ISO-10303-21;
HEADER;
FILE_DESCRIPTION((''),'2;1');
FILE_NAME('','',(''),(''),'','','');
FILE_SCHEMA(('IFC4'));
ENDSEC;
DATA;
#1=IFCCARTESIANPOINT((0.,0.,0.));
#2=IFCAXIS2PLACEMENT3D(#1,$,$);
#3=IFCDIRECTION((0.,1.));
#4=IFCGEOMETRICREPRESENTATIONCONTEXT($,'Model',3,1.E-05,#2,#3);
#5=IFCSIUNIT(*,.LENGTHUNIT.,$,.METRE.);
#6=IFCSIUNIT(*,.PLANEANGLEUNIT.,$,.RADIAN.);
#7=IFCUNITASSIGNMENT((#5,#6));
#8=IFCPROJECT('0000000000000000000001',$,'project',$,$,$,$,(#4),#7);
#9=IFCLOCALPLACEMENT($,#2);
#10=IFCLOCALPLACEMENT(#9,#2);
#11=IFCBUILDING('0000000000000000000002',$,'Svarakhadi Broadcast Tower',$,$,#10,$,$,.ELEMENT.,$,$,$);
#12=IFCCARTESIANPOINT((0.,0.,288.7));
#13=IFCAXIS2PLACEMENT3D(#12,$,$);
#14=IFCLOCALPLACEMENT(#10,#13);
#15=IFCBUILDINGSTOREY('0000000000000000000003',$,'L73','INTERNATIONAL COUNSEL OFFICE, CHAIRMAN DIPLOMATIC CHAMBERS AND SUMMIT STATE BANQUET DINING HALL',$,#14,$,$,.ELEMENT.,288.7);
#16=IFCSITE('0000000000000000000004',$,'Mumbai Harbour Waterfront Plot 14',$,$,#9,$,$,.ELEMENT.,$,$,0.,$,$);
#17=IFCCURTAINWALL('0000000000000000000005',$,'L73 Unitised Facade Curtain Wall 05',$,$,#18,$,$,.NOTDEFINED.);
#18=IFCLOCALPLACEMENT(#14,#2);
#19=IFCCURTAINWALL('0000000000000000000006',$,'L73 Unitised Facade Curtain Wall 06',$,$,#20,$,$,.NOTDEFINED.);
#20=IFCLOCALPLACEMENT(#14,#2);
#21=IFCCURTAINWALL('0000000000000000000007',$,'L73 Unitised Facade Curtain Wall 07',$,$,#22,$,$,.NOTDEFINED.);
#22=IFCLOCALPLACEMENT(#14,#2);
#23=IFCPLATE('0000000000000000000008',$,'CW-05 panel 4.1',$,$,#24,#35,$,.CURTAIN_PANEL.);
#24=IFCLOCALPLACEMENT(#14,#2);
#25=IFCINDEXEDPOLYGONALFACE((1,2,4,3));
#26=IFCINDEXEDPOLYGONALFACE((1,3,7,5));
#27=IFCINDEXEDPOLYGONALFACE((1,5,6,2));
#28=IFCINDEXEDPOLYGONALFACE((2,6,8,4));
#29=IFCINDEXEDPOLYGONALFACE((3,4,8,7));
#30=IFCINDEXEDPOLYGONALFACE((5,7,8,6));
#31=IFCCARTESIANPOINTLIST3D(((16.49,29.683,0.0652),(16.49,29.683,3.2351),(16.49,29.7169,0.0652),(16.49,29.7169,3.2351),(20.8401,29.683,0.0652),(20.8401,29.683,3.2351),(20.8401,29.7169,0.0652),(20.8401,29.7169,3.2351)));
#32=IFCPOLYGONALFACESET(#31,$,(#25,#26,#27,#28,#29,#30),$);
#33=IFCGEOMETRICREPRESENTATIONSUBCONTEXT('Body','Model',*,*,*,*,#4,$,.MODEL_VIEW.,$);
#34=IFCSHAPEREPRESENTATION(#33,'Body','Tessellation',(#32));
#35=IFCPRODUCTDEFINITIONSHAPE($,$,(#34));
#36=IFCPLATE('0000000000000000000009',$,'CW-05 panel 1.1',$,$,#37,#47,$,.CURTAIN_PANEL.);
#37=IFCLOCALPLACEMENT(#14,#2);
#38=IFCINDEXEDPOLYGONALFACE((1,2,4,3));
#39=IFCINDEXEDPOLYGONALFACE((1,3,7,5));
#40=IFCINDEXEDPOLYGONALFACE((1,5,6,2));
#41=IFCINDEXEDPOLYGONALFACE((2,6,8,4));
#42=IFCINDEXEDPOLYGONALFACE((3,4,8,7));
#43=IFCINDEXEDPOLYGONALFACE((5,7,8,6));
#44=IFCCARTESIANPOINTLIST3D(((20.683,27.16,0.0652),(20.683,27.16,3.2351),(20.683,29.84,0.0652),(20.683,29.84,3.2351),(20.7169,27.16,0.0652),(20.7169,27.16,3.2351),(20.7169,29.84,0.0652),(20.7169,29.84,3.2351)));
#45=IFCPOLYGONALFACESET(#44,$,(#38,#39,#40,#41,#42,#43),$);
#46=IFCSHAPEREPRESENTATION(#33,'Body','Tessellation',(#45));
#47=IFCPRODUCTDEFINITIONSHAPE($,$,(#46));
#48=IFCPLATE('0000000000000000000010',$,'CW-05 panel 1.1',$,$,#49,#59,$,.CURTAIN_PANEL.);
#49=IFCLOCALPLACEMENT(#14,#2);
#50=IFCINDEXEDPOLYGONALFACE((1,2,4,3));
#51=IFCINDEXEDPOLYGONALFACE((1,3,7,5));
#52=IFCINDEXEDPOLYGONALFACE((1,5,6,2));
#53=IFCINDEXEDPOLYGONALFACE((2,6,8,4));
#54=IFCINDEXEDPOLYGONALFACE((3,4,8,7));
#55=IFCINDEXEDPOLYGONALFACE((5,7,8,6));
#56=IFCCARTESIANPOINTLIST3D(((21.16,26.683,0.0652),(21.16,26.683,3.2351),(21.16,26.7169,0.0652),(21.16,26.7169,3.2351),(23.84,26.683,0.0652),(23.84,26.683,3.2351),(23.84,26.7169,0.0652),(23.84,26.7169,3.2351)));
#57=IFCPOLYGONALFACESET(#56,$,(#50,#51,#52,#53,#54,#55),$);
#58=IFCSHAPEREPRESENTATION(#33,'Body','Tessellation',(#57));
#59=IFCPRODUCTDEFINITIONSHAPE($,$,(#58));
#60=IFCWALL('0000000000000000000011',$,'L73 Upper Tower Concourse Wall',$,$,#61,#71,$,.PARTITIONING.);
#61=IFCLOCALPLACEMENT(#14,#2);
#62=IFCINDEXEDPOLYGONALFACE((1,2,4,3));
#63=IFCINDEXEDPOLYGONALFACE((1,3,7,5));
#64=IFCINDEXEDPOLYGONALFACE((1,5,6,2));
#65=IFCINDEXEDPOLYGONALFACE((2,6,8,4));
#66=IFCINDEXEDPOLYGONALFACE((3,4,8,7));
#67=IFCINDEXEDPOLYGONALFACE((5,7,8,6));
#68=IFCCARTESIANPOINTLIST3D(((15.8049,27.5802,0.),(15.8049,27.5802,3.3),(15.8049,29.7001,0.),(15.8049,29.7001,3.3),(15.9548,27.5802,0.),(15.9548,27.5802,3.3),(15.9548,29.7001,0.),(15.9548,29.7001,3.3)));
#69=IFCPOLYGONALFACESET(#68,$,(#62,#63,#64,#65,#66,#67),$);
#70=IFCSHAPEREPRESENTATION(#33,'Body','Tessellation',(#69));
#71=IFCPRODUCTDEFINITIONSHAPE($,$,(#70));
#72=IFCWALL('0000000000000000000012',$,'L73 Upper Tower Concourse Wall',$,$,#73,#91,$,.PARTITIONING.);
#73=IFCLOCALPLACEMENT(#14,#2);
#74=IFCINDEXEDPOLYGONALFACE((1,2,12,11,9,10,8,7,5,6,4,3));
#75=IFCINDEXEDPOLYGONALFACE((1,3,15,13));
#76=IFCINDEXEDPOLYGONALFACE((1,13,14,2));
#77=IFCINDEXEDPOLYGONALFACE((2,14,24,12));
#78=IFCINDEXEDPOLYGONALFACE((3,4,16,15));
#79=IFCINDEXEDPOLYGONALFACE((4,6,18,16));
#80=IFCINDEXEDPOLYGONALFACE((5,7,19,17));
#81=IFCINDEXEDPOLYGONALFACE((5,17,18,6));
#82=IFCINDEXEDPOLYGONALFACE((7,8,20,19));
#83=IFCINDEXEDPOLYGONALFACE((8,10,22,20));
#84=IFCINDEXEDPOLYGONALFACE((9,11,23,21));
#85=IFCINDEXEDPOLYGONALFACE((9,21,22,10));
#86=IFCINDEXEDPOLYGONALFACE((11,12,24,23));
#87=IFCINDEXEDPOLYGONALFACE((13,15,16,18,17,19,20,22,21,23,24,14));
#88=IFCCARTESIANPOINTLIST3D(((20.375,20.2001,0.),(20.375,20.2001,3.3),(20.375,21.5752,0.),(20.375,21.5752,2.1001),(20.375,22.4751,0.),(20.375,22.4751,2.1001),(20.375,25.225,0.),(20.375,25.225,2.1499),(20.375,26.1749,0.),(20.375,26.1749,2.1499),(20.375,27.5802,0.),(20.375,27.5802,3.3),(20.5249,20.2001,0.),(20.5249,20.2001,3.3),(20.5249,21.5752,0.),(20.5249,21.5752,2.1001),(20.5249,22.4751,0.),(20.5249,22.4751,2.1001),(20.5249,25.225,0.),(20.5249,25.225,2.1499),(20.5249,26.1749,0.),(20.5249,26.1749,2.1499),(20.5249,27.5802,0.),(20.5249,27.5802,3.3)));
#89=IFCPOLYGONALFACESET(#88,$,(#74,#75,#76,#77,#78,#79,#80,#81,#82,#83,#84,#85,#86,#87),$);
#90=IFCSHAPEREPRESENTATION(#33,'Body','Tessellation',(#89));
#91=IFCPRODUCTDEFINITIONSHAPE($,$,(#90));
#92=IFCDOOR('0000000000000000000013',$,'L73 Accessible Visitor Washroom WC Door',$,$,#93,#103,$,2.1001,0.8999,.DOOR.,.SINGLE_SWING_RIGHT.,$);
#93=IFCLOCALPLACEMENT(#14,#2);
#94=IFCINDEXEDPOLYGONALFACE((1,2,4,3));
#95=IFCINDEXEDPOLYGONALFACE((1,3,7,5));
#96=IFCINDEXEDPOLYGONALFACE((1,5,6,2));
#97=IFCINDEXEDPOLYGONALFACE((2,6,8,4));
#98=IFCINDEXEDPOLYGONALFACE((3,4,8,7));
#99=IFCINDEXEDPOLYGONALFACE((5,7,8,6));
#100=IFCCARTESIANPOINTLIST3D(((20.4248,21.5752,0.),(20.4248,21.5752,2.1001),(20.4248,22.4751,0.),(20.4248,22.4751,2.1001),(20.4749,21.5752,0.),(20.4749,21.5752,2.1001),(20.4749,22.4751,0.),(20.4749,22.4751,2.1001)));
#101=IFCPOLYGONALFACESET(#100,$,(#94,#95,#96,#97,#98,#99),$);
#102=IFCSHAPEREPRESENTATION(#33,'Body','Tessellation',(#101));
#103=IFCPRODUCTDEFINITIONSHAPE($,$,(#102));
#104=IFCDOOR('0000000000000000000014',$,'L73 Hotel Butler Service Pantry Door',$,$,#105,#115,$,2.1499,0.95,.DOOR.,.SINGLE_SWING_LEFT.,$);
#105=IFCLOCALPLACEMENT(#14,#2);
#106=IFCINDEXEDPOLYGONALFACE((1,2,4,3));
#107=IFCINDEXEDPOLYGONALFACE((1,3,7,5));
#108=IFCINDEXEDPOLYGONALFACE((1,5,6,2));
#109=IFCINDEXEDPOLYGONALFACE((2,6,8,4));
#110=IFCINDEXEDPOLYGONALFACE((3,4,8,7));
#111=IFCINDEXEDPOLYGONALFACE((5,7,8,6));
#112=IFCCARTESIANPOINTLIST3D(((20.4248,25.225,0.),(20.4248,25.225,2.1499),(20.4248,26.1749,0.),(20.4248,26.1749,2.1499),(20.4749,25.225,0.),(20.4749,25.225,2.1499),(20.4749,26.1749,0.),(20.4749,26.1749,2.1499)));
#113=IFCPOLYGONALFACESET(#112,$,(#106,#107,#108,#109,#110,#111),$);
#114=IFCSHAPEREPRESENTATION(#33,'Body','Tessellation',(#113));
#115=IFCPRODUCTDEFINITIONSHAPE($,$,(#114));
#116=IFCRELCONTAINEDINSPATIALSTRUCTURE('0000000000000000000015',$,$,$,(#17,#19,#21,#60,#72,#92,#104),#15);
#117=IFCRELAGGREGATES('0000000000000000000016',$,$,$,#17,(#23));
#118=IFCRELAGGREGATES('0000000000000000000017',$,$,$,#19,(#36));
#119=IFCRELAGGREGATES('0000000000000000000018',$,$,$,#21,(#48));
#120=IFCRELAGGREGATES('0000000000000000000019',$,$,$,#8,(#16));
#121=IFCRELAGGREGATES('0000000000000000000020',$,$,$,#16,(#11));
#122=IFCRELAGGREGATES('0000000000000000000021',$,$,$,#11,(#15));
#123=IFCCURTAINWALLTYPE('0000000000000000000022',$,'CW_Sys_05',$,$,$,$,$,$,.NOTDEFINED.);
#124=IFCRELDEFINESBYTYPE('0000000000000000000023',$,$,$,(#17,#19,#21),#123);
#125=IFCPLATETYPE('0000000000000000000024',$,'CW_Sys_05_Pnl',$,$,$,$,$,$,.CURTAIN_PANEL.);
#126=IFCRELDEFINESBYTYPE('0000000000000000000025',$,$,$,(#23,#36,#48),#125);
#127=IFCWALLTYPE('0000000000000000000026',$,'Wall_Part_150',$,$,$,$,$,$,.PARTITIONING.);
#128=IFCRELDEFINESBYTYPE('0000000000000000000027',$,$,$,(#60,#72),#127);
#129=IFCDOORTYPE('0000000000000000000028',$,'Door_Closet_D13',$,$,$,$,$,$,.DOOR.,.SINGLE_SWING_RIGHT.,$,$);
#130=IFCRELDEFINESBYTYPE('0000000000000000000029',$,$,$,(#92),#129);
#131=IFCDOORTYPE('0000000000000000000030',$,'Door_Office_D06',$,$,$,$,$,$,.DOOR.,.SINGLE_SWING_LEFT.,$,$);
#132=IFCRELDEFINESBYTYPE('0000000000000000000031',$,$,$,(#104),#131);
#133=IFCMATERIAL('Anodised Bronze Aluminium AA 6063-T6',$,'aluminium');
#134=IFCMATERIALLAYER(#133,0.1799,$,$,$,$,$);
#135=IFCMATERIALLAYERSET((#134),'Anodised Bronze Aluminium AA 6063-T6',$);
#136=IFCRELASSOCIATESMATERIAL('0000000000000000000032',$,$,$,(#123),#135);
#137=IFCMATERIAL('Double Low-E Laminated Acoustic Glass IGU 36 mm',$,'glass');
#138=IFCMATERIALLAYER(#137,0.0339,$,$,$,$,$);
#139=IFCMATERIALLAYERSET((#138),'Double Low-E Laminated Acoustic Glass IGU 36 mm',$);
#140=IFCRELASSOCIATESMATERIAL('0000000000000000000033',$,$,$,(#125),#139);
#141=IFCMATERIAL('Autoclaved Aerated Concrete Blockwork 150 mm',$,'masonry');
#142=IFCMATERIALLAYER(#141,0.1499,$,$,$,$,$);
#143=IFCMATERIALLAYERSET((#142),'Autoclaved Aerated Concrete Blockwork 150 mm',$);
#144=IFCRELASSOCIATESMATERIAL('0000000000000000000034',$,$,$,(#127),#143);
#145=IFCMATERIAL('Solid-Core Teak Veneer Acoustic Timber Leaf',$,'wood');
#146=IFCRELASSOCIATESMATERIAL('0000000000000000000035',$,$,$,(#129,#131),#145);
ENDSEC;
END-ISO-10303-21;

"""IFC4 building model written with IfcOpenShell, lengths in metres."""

from ifc_helpers import new_model, si_unit, direction, frame, frame_2d, origin, origin_2d, place, context, subcontext, project, spatial, rectangle, extrude, material, layer, layer_set, type_object, element, fill, aggregate, save


model = new_model("IFC4")

# Units and contexts
model_context = context("Model", 3, precision=1e-05, world=origin(), true_north=direction((0.0, 1.0)))
body_context = subcontext(model_context, "Body", "Model", "MODEL_VIEW")
ifc_project = project(units=[si_unit("LENGTHUNIT", "METRE"), si_unit("PLANEANGLEUNIT", "RADIAN")], contexts=[model_context])

# Site, building, storey
site_placement = place(None, origin())
site = spatial("IfcSite", under=ifc_project, at=site_placement, Name="Mumbai Harbour Waterfront Plot 14", CompositionType="ELEMENT", RefElevation=0.0)
building_placement = place(site_placement, origin())
building = spatial("IfcBuilding", under=site, at=building_placement, Name="Svarakhadi Broadcast Tower", CompositionType="ELEMENT")
storey_placement = place(building_placement, frame((0.0, 0.0, 288.7)))
storey = spatial("IfcBuildingStorey", under=building, at=storey_placement, Name="L73", Description="INTERNATIONAL COUNSEL OFFICE, CHAIRMAN DIPLOMATIC CHAMBERS AND SUMMIT STATE BANQUET DINING HALL", CompositionType="ELEMENT", Elevation=288.7)

# Curtain walls
ifc_material_1 = material(Name="Anodised Bronze Aluminium AA 6063-T6", Category="aluminium")
ifc_layer_1 = layer(ifc_material_1, 0.1799)
ifc_layer_set_1 = layer_set([ifc_layer_1], Name="Anodised Bronze Aluminium AA 6063-T6")
curtain_wall_type = type_object("IfcCurtainWallType", Name="CW_Sys_05", PredefinedType="NOTDEFINED", material=ifc_layer_set_1)
curtain_wall_1_placement = place(storey_placement, origin())
curtain_wall_1 = element("IfcCurtainWall", 1, at=curtain_wall_1_placement, inside=storey, type_object=curtain_wall_type, Name="L73 Unitised Facade Curtain Wall 05", PredefinedType="NOTDEFINED")
curtain_wall_2_placement = place(storey_placement, origin())
curtain_wall_2 = element("IfcCurtainWall", 2, at=curtain_wall_2_placement, inside=storey, type_object=curtain_wall_type, Name="L73 Unitised Facade Curtain Wall 06", PredefinedType="NOTDEFINED")

# Curtain wall
curtain_wall_3_placement = place(storey_placement, origin())
curtain_wall_3 = element("IfcCurtainWall", 3, at=curtain_wall_3_placement, inside=storey, type_object=curtain_wall_type, Name="L73 Unitised Facade Curtain Wall 07", PredefinedType="NOTDEFINED")

# Plates
ifc_material_2 = material(Name="Double Low-E Laminated Acoustic Glass IGU 36 mm", Category="glass")
ifc_layer_2 = layer(ifc_material_2, 0.0339)
ifc_layer_set_2 = layer_set([ifc_layer_2], Name="Double Low-E Laminated Acoustic Glass IGU 36 mm")
plate_type = type_object("IfcPlateType", Name="CW_Sys_05_Pnl", PredefinedType="CURTAIN_PANEL", material=ifc_layer_set_2)
plate_1_placement = place(storey_placement, frame((18.665, 29.7, 0.0652), z_axis=(0.0, 0.0, 1.0), x_axis=(1.0, 0.0, 0.0)))
plate_1 = element("IfcPlate", 4, at=plate_1_placement, type_object=plate_type, Name="CW-05 panel 4.1", PredefinedType="CURTAIN_PANEL", context=body_context, shape_type="SweptSolid", body=[
    extrude(rectangle(XDim=4.3501, YDim=0.0339, at=origin_2d()), origin(), (0.0, 0.0, 1.0), 3.1699),
])
aggregate(curtain_wall_1, [plate_1])
plate_2_placement = place(storey_placement, frame((20.7, 28.5, 0.0652), z_axis=(0.0, 0.0, 1.0), x_axis=(0.0, -1.0, 0.0)))
plate_2 = element("IfcPlate", 5, at=plate_2_placement, type_object=plate_type, Name="CW-05 panel 1.1", PredefinedType="CURTAIN_PANEL", context=body_context, shape_type="SweptSolid", body=[
    extrude(rectangle(XDim=2.6799, YDim=0.0339, at=origin_2d()), origin(), (0.0, 0.0, 1.0), 3.1699),
])
aggregate(curtain_wall_2, [plate_2])
plate_3_placement = place(storey_placement, frame((22.5, 26.7, 0.0652), z_axis=(0.0, 0.0, 1.0), x_axis=(1.0, 0.0, 0.0)))
plate_3 = element("IfcPlate", 6, at=plate_3_placement, type_object=plate_type, Name="CW-05 panel 1.1", PredefinedType="CURTAIN_PANEL", context=body_context, shape_type="SweptSolid", body=[
    extrude(rectangle(XDim=2.6799, YDim=0.0339, at=origin_2d()), origin(), (0.0, 0.0, 1.0), 3.1699),
])
aggregate(curtain_wall_3, [plate_3])

# Wall
ifc_material_3 = material(Name="Autoclaved Aerated Concrete Blockwork 150 mm", Category="masonry")
ifc_layer_3 = layer(ifc_material_3, 0.1499)
ifc_layer_set_3 = layer_set([ifc_layer_3], Name="Autoclaved Aerated Concrete Blockwork 150 mm")
wall_type = type_object("IfcWallType", Name="Wall_Part_150", PredefinedType="PARTITIONING", material=ifc_layer_set_3)
wall_1_placement = place(storey_placement, frame((15.8799, 27.5801, 0.0), z_axis=(0.0, 0.0, 1.0), x_axis=(0.0, 1.0, 0.0)))
element("IfcWall", 7, at=wall_1_placement, inside=storey, type_object=wall_type, Name="L73 Upper Tower Concourse Wall", PredefinedType="PARTITIONING", context=body_context, shape_type="SweptSolid", body=[
    extrude(rectangle(XDim=2.1199, YDim=0.1499, at=frame_2d((1.0601, 0.0))), origin(), (0.0, 0.0, 1.0), 3.3),
])

# Wall, openings, doors
wall_2_placement = place(storey_placement, frame((20.45, 27.5801, 0.0), z_axis=(0.0, 0.0, 1.0), x_axis=(0.0, -1.0, 0.0)))
wall_2 = element("IfcWall", 8, at=wall_2_placement, inside=storey, type_object=wall_type, Name="L73 Upper Tower Concourse Wall", PredefinedType="PARTITIONING", context=body_context, shape_type="SweptSolid", body=[
    extrude(rectangle(XDim=7.3801, YDim=0.1499, at=frame_2d((3.6899, 0.0))), origin(), (0.0, 0.0, 1.0), 3.3),
])
opening_1_placement = place(wall_2_placement, frame((5.105, 0.0, 0.0)))
opening_1 = element("IfcOpeningElement", 9, at=opening_1_placement, cuts=wall_2, PredefinedType="OPENING", context=body_context, shape_type="SweptSolid", body=[
    extrude(rectangle(XDim=0.8999, YDim=2.1001, at=frame_2d((0.45, 1.05))), frame((0.0, 0.085, 0.0), z_axis=(0.0, -1.0, 0.0), x_axis=(1.0, 0.0, 0.0)), (0.0, 0.0, 1.0), 0.1699),
])
opening_2_placement = place(wall_2_placement, frame((1.405, 0.0, 0.0)))
opening_2 = element("IfcOpeningElement", 10, at=opening_2_placement, cuts=wall_2, PredefinedType="OPENING", context=body_context, shape_type="SweptSolid", body=[
    extrude(rectangle(XDim=0.95, YDim=2.1499, at=frame_2d((0.4751, 1.075))), frame((0.0, 0.085, 0.0), z_axis=(0.0, -1.0, 0.0), x_axis=(1.0, 0.0, 0.0)), (0.0, 0.0, 1.0), 0.1699),
])
ifc_material_4 = material(Name="Solid-Core Teak Veneer Acoustic Timber Leaf", Category="wood")
door_type_1 = type_object("IfcDoorType", Name="Door_Closet_D13", OperationType="SINGLE_SWING_RIGHT", PredefinedType="DOOR", material=ifc_material_4)
door_1_placement = place(opening_1_placement, origin())
door_1 = element("IfcDoor", 11, at=door_1_placement, inside=storey, type_object=door_type_1, Name="L73 Accessible Visitor Washroom WC Door", OperationType="SINGLE_SWING_RIGHT", OverallHeight=2.1001, OverallWidth=0.8999, PredefinedType="DOOR", context=body_context, shape_type="SweptSolid", body=[
    extrude(rectangle(XDim=0.8999, YDim=2.1001, at=frame_2d((0.45, 1.05))), frame((0.0, 0.0249, 0.0), z_axis=(0.0, -1.0, 0.0), x_axis=(1.0, 0.0, 0.0)), (0.0, 0.0, 1.0), 0.05),
])
fill(opening_1, door_1)
door_type_2 = type_object("IfcDoorType", Name="Door_Office_D06", OperationType="SINGLE_SWING_LEFT", PredefinedType="DOOR", material=ifc_material_4)
door_2_placement = place(opening_2_placement, origin())
door_2 = element("IfcDoor", 12, at=door_2_placement, inside=storey, type_object=door_type_2, Name="L73 Hotel Butler Service Pantry Door", OperationType="SINGLE_SWING_LEFT", OverallHeight=2.1499, OverallWidth=0.95, PredefinedType="DOOR", context=body_context, shape_type="SweptSolid", body=[
    extrude(rectangle(XDim=0.95, YDim=2.1499, at=frame_2d((0.4751, 1.075))), frame((0.0, 0.0249, 0.0), z_axis=(0.0, -1.0, 0.0), x_axis=(1.0, 0.0, 0.0)), (0.0, 0.0, 1.0), 0.05),
])
fill(opening_2, door_2)

save(model, "model.ifc")
